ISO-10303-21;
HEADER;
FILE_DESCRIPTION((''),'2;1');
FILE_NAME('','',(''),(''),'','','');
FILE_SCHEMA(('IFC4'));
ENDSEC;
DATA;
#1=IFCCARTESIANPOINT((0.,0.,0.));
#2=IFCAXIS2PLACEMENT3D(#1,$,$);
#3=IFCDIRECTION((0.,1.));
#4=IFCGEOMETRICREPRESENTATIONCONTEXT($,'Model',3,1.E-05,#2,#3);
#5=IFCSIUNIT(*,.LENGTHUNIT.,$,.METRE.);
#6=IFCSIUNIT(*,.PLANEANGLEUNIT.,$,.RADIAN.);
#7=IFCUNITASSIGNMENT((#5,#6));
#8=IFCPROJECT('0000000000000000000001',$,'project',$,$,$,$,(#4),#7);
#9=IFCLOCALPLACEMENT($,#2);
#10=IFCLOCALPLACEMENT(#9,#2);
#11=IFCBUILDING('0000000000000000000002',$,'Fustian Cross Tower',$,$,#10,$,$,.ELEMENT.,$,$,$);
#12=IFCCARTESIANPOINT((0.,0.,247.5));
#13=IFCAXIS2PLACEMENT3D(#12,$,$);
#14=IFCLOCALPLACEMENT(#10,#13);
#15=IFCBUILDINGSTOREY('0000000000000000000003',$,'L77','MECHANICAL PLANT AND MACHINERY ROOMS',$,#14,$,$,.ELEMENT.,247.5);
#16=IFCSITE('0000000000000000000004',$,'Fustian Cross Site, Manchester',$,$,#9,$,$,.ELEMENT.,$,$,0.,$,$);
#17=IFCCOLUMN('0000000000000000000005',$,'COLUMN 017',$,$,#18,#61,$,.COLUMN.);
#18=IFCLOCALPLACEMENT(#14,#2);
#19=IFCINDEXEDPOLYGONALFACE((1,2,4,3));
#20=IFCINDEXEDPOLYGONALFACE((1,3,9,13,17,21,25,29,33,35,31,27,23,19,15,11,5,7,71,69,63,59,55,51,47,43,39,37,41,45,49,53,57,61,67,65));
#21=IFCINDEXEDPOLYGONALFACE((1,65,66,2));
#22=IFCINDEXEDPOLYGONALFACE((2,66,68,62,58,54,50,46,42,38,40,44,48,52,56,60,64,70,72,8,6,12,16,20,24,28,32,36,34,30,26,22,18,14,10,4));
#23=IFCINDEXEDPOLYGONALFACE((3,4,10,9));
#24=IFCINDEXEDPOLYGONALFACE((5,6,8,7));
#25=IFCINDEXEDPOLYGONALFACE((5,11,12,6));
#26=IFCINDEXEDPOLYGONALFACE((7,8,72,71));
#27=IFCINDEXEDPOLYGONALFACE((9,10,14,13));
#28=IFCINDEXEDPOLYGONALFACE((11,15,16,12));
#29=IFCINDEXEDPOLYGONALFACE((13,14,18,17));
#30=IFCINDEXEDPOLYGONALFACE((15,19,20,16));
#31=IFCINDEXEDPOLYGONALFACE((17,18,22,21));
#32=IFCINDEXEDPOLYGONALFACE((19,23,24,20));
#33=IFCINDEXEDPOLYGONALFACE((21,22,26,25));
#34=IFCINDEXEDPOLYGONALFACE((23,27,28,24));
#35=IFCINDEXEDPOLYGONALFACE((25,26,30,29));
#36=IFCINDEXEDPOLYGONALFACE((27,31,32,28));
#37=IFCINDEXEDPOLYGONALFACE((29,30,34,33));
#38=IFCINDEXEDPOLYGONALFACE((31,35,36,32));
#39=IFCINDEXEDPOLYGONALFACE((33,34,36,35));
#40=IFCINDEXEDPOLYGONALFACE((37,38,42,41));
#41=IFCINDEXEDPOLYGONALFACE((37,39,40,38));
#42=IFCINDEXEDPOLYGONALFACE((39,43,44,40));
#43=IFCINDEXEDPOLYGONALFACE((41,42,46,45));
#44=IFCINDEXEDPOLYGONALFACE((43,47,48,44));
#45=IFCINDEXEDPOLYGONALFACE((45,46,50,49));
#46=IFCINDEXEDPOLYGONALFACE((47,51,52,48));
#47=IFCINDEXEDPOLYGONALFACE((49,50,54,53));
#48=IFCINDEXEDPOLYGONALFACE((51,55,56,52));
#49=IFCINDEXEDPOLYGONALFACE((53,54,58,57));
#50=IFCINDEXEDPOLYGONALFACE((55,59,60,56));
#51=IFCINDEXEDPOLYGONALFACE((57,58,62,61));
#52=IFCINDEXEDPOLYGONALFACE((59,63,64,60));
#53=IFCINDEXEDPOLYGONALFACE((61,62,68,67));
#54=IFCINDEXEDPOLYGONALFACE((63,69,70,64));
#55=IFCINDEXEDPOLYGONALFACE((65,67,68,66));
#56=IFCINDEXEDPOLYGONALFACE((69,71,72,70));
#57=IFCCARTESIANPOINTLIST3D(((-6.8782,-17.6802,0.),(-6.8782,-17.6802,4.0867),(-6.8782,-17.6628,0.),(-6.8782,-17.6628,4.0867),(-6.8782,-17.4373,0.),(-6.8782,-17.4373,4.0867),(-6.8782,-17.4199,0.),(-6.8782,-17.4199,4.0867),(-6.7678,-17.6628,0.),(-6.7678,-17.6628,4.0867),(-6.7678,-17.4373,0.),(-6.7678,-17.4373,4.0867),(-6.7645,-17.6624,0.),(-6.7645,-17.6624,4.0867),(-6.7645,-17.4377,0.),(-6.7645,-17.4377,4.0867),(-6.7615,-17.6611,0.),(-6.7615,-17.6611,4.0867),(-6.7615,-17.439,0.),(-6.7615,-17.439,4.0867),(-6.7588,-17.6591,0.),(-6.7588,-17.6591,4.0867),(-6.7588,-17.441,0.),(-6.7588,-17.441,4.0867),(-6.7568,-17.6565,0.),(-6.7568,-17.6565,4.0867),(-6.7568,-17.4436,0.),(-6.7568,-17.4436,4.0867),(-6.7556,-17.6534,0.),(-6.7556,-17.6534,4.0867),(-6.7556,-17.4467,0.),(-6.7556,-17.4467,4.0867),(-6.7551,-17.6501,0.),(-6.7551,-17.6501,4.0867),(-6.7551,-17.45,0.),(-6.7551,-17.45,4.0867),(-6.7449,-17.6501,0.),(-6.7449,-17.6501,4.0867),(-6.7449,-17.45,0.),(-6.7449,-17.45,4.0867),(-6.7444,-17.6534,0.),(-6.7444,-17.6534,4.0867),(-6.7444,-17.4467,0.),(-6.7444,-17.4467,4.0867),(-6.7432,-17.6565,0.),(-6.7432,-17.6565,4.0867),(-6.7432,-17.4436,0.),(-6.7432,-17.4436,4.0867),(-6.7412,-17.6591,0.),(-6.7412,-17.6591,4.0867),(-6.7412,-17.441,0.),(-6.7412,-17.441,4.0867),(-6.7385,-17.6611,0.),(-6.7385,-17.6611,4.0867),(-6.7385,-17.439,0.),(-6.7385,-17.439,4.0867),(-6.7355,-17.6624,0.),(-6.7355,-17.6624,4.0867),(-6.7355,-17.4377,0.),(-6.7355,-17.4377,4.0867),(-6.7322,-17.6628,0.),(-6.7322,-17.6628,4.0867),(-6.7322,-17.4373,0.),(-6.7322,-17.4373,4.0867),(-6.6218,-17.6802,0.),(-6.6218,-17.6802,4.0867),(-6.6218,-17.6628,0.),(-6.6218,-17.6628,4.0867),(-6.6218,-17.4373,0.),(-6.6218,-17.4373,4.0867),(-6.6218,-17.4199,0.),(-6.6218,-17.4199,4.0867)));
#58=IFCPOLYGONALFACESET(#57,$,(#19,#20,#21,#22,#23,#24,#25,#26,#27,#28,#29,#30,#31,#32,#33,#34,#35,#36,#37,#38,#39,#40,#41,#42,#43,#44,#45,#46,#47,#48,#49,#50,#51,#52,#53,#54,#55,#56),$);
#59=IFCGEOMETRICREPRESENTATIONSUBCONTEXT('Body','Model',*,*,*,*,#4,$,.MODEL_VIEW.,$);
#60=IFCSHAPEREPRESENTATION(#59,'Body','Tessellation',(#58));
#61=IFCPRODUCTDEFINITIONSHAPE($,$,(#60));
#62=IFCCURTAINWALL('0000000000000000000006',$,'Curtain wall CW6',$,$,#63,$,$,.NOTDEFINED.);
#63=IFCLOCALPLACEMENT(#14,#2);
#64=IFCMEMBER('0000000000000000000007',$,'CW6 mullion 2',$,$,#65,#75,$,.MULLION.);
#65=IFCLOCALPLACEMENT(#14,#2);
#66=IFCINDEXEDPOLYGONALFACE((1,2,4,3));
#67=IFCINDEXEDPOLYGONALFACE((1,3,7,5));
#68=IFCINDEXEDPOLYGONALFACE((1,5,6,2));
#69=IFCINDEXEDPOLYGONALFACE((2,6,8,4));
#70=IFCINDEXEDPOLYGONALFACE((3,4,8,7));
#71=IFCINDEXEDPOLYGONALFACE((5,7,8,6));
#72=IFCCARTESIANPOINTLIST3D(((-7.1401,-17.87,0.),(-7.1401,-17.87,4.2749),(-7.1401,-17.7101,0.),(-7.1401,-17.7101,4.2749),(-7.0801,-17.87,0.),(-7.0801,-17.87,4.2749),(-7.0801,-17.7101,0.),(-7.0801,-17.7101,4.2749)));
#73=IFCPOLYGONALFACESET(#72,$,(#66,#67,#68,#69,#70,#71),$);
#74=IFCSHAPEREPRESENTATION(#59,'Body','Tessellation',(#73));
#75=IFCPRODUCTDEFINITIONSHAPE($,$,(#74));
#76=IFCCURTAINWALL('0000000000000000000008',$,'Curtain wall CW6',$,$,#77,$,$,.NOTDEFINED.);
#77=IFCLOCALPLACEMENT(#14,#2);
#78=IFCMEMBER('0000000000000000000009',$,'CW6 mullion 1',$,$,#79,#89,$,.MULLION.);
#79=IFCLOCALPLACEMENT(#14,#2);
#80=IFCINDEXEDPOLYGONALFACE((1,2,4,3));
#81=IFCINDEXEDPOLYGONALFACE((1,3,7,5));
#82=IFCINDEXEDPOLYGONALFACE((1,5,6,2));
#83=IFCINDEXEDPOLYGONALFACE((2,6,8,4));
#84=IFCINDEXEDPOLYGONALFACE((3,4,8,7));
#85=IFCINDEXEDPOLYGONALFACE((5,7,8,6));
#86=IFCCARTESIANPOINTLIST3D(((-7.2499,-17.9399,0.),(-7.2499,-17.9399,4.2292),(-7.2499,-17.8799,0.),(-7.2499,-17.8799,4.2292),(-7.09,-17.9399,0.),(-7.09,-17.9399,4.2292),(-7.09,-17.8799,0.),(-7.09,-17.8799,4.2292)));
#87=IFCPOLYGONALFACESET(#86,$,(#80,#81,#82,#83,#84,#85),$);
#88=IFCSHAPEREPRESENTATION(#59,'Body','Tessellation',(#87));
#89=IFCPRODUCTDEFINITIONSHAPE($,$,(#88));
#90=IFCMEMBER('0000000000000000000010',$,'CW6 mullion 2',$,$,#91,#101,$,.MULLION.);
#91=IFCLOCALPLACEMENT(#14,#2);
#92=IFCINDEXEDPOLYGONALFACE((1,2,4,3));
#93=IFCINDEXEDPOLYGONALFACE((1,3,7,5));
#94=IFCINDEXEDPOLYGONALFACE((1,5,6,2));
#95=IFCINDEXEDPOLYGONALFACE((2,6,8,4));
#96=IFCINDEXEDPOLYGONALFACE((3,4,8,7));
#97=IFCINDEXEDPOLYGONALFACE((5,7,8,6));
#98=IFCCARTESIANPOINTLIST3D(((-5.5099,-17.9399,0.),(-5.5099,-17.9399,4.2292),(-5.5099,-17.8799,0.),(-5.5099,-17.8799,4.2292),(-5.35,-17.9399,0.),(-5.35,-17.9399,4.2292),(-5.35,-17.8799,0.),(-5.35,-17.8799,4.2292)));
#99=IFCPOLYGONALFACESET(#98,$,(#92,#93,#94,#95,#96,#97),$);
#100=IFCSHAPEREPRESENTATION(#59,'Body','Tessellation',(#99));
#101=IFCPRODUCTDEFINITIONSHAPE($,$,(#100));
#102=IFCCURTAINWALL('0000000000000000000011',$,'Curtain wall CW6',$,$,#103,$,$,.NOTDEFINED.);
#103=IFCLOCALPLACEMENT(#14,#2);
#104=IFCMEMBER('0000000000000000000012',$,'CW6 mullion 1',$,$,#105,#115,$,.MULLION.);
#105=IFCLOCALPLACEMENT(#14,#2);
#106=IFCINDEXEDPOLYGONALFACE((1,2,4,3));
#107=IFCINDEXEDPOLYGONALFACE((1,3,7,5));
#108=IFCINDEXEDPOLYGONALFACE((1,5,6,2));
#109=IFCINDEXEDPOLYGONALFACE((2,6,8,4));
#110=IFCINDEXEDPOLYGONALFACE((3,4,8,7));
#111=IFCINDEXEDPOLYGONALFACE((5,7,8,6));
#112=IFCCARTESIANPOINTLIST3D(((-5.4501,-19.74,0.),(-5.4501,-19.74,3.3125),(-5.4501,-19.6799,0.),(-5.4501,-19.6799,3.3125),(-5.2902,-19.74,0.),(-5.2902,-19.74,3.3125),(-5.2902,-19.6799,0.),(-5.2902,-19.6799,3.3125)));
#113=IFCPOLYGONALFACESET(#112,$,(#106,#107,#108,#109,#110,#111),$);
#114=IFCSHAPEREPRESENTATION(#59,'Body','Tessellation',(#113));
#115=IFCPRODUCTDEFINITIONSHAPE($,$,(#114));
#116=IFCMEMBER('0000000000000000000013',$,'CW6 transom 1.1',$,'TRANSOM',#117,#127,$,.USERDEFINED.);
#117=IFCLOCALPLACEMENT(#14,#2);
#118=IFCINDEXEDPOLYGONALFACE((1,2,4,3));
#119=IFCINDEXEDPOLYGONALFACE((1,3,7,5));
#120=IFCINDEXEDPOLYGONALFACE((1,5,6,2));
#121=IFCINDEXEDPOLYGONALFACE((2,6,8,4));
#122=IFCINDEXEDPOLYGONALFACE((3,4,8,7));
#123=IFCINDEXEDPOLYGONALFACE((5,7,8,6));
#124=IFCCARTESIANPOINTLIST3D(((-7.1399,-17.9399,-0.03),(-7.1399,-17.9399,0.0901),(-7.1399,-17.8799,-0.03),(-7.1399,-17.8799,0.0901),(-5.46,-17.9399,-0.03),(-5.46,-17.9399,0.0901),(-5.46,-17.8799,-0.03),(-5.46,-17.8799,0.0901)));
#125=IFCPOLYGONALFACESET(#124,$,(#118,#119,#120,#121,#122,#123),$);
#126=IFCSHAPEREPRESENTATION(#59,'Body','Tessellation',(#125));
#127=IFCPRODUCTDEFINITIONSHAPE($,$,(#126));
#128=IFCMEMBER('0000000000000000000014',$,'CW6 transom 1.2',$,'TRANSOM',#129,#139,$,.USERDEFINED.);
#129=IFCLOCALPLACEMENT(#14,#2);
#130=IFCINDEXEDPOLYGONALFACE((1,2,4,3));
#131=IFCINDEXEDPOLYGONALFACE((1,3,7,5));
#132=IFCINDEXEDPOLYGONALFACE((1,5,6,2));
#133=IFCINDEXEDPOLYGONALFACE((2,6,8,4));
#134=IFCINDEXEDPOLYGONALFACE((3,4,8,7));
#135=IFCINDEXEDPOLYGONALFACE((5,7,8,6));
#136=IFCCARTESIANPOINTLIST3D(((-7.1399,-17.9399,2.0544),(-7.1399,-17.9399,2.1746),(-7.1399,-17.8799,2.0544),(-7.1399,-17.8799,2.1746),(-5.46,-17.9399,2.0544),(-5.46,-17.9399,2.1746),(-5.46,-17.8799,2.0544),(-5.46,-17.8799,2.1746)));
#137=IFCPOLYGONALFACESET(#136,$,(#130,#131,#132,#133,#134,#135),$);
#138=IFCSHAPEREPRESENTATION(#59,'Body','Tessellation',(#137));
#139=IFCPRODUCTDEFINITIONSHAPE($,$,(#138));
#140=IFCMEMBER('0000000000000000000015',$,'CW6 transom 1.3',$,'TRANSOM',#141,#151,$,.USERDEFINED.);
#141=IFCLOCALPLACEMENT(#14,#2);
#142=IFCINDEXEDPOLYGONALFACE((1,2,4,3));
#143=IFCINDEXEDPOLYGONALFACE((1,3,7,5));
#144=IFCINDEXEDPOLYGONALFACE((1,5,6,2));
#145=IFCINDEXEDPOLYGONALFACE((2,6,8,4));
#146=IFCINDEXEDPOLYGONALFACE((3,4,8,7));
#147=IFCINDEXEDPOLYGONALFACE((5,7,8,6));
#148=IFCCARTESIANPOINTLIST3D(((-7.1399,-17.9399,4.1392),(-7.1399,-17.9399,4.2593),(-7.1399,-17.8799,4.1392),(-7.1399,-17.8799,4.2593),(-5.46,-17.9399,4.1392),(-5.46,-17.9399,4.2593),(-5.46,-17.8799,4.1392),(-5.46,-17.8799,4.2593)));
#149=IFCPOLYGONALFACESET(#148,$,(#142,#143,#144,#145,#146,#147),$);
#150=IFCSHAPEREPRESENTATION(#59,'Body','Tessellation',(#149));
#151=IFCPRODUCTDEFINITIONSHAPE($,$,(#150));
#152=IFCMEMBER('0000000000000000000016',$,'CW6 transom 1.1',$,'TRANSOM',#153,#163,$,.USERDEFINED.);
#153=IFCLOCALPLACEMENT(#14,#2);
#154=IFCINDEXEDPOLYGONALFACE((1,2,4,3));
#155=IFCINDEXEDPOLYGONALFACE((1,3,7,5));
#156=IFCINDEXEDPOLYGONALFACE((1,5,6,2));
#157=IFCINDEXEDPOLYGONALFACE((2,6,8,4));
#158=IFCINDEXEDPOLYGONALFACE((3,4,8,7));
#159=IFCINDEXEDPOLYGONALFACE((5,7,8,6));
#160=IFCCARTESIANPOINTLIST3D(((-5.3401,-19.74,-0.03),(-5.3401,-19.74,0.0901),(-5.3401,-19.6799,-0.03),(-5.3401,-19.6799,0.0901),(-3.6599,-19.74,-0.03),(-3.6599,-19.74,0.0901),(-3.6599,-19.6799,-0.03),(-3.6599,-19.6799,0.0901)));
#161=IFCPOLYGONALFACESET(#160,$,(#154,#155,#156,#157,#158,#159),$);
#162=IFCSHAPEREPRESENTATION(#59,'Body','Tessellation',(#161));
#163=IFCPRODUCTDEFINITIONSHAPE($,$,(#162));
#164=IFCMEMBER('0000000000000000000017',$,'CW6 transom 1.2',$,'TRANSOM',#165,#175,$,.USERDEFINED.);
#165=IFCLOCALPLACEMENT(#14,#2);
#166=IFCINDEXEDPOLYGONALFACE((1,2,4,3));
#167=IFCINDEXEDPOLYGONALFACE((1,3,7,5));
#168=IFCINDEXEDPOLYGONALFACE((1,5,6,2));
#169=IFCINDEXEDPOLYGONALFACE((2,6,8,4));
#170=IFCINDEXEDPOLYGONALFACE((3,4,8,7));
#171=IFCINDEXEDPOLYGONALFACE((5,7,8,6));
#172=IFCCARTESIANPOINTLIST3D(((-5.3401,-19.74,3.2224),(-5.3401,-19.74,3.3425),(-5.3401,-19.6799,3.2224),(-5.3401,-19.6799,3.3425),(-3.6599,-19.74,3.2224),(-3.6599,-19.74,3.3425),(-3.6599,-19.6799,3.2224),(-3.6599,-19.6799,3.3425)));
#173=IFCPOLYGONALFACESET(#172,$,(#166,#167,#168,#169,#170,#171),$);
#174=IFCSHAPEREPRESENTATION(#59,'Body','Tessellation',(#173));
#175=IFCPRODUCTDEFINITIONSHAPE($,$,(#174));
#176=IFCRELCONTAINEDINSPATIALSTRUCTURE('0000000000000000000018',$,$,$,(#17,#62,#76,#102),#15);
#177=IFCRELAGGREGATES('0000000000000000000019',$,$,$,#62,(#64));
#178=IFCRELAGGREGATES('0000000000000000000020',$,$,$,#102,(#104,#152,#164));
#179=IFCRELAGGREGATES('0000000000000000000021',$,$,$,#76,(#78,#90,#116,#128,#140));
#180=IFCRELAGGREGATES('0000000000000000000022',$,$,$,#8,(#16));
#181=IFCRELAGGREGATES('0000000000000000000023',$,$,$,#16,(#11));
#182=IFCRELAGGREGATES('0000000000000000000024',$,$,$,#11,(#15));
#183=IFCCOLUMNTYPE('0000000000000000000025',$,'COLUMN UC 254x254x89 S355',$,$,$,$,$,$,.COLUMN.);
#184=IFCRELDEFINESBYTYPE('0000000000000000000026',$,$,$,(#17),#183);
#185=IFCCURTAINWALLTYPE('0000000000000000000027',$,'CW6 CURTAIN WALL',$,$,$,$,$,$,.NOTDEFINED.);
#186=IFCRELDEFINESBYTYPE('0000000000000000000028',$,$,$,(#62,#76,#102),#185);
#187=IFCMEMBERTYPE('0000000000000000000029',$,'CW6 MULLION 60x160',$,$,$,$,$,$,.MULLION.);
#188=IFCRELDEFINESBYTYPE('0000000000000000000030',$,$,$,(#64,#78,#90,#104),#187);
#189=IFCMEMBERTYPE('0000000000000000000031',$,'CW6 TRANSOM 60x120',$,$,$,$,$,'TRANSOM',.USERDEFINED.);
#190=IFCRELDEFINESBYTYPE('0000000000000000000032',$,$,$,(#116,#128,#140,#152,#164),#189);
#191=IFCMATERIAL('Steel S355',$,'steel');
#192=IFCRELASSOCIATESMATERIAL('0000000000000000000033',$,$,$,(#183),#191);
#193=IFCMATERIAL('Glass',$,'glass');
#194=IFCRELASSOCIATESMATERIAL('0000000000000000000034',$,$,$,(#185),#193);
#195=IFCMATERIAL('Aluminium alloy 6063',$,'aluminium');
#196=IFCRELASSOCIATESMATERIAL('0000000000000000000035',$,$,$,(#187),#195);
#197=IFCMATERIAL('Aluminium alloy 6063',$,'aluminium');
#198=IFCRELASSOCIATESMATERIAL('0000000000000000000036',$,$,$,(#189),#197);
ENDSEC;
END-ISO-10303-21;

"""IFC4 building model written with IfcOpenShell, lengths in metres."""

from ifc_helpers import new_model, si_unit, direction, frame, origin, origin_2d, place, context, subcontext, project, spatial, rectangle, i_section, extrude, material, material_profile, profile_set, type_object, element, aggregate, save


model = new_model("IFC4")

# Units and contexts
model_context = context("Model", 3, precision=1e-05, world=origin(), true_north=direction((0.0, 1.0)))
body_context = subcontext(model_context, "Body", "Model", "MODEL_VIEW")
ifc_project = project(units=[si_unit("LENGTHUNIT", "METRE"), si_unit("PLANEANGLEUNIT", "RADIAN")], contexts=[model_context])

# Site, building, storey
site_placement = place(None, origin())
site = spatial("IfcSite", under=ifc_project, at=site_placement, Name="Fustian Cross Site, Manchester", CompositionType="ELEMENT", RefElevation=0.0)
building_placement = place(site_placement, origin())
building = spatial("IfcBuilding", under=site, at=building_placement, Name="Fustian Cross Tower", CompositionType="ELEMENT")
storey_placement = place(building_placement, frame((0.0, 0.0, 247.5)))
storey = spatial("IfcBuildingStorey", under=building, at=storey_placement, Name="L77", Description="MECHANICAL PLANT AND MACHINERY ROOMS", CompositionType="ELEMENT", Elevation=247.5)

# Column
ifc_material_1 = material(Name="Steel S355", Category="steel")
ifc_material_profile_1 = material_profile(ifc_material_1, i_section(OverallWidth=0.2563, OverallDepth=0.2603, WebThickness=0.0103, FlangeThickness=0.0173, FilletRadius=0.0127, at=origin_2d()), Name="UC 254x254x89")
ifc_profile_set_1 = profile_set([ifc_material_profile_1], Name="Steel S355")
column_type = type_object("IfcColumnType", Name="COLUMN UC 254x254x89 S355", PredefinedType="COLUMN", material=ifc_profile_set_1)
column_placement = place(storey_placement, frame((-6.75, -17.55, 0.0), z_axis=(0.0, 0.0, 1.0), x_axis=(1.0, 0.0, 0.0)))
element("IfcColumn", 1, at=column_placement, inside=storey, type_object=column_type, Name="COLUMN 017", PredefinedType="COLUMN", context=body_context, shape_type="SweptSolid", body=[
    extrude(i_section(OverallWidth=0.2563, OverallDepth=0.2603, WebThickness=0.0103, FlangeThickness=0.0173, FilletRadius=0.0127, at=origin_2d()), origin(), (0.0, 0.0, 1.0), 4.0867),
])

# Curtain wall, member
ifc_material_2 = material(Name="Glass", Category="glass")
curtain_wall_type = type_object("IfcCurtainWallType", Name="CW6 CURTAIN WALL", PredefinedType="NOTDEFINED", material=ifc_material_2)
curtain_wall_1_placement = place(storey_placement, origin())
curtain_wall_1 = element("IfcCurtainWall", 2, at=curtain_wall_1_placement, inside=storey, type_object=curtain_wall_type, Name="Curtain wall CW6", PredefinedType="NOTDEFINED")
ifc_material_3 = material(Name="Aluminium alloy 6063", Category="aluminium")
ifc_material_profile_2 = material_profile(ifc_material_3, rectangle(XDim=0.0601, YDim=0.1599, at=origin_2d()), Name="CW6 MULLION 60x160")
ifc_profile_set_2 = profile_set([ifc_material_profile_2], Name="Aluminium alloy 6063")
member_type_1 = type_object("IfcMemberType", Name="CW6 MULLION 60x160", PredefinedType="MULLION", material=ifc_profile_set_2)
member_1_placement = place(storey_placement, frame((-7.1101, -17.79, 0.0), z_axis=(0.0, 0.0, 1.0), x_axis=(1.0, 0.0, 0.0)))
member_1 = element("IfcMember", 3, at=member_1_placement, type_object=member_type_1, Name="CW6 mullion 2", PredefinedType="MULLION", context=body_context, shape_type="SweptSolid", body=[
    extrude(rectangle(XDim=0.0601, YDim=0.1599, at=origin_2d()), origin(), (0.0, 0.0, 1.0), 4.2749),
])
aggregate(curtain_wall_1, [member_1])

# Curtain wall, members
curtain_wall_2_placement = place(storey_placement, origin())
curtain_wall_2 = element("IfcCurtainWall", 4, at=curtain_wall_2_placement, inside=storey, type_object=curtain_wall_type, Name="Curtain wall CW6", PredefinedType="NOTDEFINED")
member_2_placement = place(storey_placement, frame((-7.1699, -17.9099, 0.0), z_axis=(0.0, 0.0, 1.0), x_axis=(0.0, 1.0, 0.0)))
member_2 = element("IfcMember", 5, at=member_2_placement, type_object=member_type_1, Name="CW6 mullion 1", PredefinedType="MULLION", context=body_context, shape_type="SweptSolid", body=[
    extrude(rectangle(XDim=0.0601, YDim=0.1599, at=origin_2d()), origin(), (0.0, 0.0, 1.0), 4.2292),
])
member_3_placement = place(storey_placement, frame((-5.4299, -17.9099, 0.0), z_axis=(0.0, 0.0, 1.0), x_axis=(0.0, 1.0, 0.0)))
member_3 = element("IfcMember", 6, at=member_3_placement, type_object=member_type_1, Name="CW6 mullion 2", PredefinedType="MULLION", context=body_context, shape_type="SweptSolid", body=[
    extrude(rectangle(XDim=0.0601, YDim=0.1599, at=origin_2d()), origin(), (0.0, 0.0, 1.0), 4.2292),
])

# Curtain wall, member
curtain_wall_3_placement = place(storey_placement, origin())
curtain_wall_3 = element("IfcCurtainWall", 7, at=curtain_wall_3_placement, inside=storey, type_object=curtain_wall_type, Name="Curtain wall CW6", PredefinedType="NOTDEFINED")
member_4_placement = place(storey_placement, frame((-5.3701, -19.71, 0.0), z_axis=(0.0, 0.0, 1.0), x_axis=(0.0, 1.0, 0.0)))
member_4 = element("IfcMember", 8, at=member_4_placement, type_object=member_type_1, Name="CW6 mullion 1", PredefinedType="MULLION", context=body_context, shape_type="SweptSolid", body=[
    extrude(rectangle(XDim=0.0601, YDim=0.1599, at=origin_2d()), origin(), (0.0, 0.0, 1.0), 3.3125),
])

# Members
ifc_material_4 = material(Name="Aluminium alloy 6063", Category="aluminium")
ifc_material_profile_3 = material_profile(ifc_material_4, rectangle(XDim=0.0601, YDim=0.1201, at=origin_2d()), Name="CW6 TRANSOM 60x120")
ifc_profile_set_3 = profile_set([ifc_material_profile_3], Name="Aluminium alloy 6063")
member_type_2 = type_object("IfcMemberType", Name="CW6 TRANSOM 60x120", ElementType="TRANSOM", PredefinedType="USERDEFINED", material=ifc_profile_set_3)
member_5_placement = place(storey_placement, frame((-7.1399, -17.9099, 0.03), z_axis=(1.0, 0.0, 0.0), x_axis=(0.0, 1.0, 0.0)))
member_5 = element("IfcMember", 9, at=member_5_placement, type_object=member_type_2, Name="CW6 transom 1.1", ObjectType="TRANSOM", PredefinedType="USERDEFINED", context=body_context, shape_type="SweptSolid", body=[
    extrude(rectangle(XDim=0.0601, YDim=0.1201, at=origin_2d()), origin(), (0.0, 0.0, 1.0), 1.6799),
])
member_6_placement = place(storey_placement, frame((-7.1399, -17.9099, 2.1145), z_axis=(1.0, 0.0, 0.0), x_axis=(0.0, 1.0, 0.0)))
member_6 = element("IfcMember", 10, at=member_6_placement, type_object=member_type_2, Name="CW6 transom 1.2", ObjectType="TRANSOM", PredefinedType="USERDEFINED", context=body_context, shape_type="SweptSolid", body=[
    extrude(rectangle(XDim=0.0601, YDim=0.1201, at=origin_2d()), origin(), (0.0, 0.0, 1.0), 1.6799),
])
member_7_placement = place(storey_placement, frame((-7.1399, -17.9099, 4.1992), z_axis=(1.0, 0.0, 0.0), x_axis=(0.0, 1.0, 0.0)))
member_7 = element("IfcMember", 11, at=member_7_placement, type_object=member_type_2, Name="CW6 transom 1.3", ObjectType="TRANSOM", PredefinedType="USERDEFINED", context=body_context, shape_type="SweptSolid", body=[
    extrude(rectangle(XDim=0.0601, YDim=0.1201, at=origin_2d()), origin(), (0.0, 0.0, 1.0), 1.6799),
])
member_8_placement = place(storey_placement, frame((-5.3401, -19.71, 0.03), z_axis=(1.0, 0.0, 0.0), x_axis=(0.0, 1.0, 0.0)))
member_8 = element("IfcMember", 12, at=member_8_placement, type_object=member_type_2, Name="CW6 transom 1.1", ObjectType="TRANSOM", PredefinedType="USERDEFINED", context=body_context, shape_type="SweptSolid", body=[
    extrude(rectangle(XDim=0.0601, YDim=0.1201, at=origin_2d()), origin(), (0.0, 0.0, 1.0), 1.6802),
])
member_9_placement = place(storey_placement, frame((-5.3401, -19.71, 3.2825), z_axis=(1.0, 0.0, 0.0), x_axis=(0.0, 1.0, 0.0)))
member_9 = element("IfcMember", 13, at=member_9_placement, type_object=member_type_2, Name="CW6 transom 1.2", ObjectType="TRANSOM", PredefinedType="USERDEFINED", context=body_context, shape_type="SweptSolid", body=[
    extrude(rectangle(XDim=0.0601, YDim=0.1201, at=origin_2d()), origin(), (0.0, 0.0, 1.0), 1.6802),
])
aggregate(curtain_wall_3, [member_4, member_8, member_9])

aggregate(curtain_wall_2, [member_2, member_3, member_5, member_6, member_7])

save(model, "model.ifc")
